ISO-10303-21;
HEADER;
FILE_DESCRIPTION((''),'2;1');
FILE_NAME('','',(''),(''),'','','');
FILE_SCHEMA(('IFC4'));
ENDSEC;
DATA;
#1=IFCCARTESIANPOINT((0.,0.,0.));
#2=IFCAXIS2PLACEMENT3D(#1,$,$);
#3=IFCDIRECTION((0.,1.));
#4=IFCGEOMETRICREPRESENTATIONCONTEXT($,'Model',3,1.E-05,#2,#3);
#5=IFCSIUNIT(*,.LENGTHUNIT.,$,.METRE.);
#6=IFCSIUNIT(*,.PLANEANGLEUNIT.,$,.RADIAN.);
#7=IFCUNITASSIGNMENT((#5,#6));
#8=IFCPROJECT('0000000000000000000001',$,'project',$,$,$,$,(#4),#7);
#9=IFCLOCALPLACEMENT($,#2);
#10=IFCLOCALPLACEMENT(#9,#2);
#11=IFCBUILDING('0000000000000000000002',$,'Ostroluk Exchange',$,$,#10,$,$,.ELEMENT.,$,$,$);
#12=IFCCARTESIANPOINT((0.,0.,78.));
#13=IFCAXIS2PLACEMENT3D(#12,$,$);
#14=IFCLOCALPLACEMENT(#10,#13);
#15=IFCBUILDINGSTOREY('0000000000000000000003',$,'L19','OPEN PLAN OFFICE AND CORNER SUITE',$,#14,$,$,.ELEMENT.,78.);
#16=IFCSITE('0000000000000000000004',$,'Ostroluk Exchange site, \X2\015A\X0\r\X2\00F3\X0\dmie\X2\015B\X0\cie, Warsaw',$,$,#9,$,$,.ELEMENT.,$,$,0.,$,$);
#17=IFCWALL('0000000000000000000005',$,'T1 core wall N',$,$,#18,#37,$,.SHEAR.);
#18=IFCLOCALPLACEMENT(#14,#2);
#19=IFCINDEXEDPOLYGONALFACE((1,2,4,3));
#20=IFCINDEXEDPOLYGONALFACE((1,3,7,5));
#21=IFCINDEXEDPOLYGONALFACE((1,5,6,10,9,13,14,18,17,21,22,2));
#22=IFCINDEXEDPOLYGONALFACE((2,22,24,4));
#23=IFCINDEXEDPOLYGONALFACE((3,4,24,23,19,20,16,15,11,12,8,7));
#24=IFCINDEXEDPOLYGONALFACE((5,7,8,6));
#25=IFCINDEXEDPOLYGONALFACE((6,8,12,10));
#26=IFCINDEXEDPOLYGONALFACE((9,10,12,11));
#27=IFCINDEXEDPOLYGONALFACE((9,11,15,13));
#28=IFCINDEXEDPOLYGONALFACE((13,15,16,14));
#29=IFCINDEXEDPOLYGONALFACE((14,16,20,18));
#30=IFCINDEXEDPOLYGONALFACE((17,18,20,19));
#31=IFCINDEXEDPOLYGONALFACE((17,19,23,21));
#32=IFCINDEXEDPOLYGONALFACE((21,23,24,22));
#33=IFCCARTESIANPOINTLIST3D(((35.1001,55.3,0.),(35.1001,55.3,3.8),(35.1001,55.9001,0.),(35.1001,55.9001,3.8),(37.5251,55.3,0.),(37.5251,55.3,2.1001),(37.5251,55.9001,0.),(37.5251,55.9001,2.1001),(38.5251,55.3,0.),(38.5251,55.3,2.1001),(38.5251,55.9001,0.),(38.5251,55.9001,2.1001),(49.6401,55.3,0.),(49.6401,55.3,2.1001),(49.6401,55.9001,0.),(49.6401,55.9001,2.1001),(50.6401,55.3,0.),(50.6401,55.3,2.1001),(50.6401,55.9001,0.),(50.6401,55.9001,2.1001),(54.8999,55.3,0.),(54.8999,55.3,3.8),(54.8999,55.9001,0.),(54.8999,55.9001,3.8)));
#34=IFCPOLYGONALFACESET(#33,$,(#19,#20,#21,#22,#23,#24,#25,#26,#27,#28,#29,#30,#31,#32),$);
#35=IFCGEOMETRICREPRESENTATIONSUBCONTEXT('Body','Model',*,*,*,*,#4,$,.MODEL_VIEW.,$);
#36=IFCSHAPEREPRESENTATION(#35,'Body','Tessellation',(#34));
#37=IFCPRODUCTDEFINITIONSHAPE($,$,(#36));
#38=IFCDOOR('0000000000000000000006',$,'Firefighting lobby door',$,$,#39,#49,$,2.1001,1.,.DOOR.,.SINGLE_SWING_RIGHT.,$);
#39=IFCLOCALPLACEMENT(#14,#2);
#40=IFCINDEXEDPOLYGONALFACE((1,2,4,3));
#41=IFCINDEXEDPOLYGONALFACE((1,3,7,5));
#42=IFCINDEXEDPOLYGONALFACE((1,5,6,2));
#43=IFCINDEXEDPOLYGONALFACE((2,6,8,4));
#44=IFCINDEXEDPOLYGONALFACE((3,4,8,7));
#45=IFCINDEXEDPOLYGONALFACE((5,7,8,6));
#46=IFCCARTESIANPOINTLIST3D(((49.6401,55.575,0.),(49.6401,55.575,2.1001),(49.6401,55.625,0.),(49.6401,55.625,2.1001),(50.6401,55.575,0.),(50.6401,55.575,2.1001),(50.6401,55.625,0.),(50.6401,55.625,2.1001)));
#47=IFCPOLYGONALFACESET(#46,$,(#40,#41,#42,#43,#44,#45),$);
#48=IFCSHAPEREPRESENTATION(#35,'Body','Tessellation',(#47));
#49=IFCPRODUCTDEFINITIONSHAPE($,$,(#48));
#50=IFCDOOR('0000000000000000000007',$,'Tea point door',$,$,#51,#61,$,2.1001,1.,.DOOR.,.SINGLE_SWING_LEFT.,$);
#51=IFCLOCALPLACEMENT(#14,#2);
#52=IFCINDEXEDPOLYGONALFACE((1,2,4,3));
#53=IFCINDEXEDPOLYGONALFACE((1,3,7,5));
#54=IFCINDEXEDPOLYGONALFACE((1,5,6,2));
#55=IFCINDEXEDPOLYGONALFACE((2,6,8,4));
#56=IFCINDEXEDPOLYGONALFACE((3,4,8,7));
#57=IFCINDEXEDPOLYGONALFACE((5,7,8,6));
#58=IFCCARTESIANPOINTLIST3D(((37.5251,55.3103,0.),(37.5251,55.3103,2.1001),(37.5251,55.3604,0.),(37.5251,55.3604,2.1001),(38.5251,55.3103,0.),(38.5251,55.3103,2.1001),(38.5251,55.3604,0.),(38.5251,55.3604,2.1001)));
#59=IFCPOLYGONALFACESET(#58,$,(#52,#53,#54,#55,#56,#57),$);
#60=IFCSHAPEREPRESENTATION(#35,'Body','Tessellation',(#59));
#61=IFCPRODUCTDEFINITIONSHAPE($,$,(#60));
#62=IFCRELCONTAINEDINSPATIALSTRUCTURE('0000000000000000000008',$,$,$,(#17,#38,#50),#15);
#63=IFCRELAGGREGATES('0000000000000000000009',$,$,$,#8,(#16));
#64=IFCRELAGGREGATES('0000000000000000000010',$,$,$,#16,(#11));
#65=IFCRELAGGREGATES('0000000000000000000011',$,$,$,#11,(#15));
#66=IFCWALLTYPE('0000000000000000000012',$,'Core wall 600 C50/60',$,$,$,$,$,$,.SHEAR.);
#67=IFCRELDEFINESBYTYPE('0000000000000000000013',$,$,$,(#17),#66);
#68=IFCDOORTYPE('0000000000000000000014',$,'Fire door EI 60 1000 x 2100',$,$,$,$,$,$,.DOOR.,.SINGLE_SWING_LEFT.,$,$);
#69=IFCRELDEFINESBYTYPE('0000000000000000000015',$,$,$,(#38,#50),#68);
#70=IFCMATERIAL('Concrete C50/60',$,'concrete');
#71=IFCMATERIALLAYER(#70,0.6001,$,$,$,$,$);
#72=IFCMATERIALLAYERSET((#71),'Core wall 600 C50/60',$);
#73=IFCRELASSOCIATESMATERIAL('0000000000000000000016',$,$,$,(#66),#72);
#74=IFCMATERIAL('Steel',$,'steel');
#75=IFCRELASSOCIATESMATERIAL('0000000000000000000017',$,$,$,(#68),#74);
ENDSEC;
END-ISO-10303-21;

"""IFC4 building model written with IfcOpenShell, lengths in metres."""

from ifc_helpers import new_model, si_unit, direction, frame, frame_2d, origin, place, context, subcontext, project, spatial, rectangle, extrude, material, layer, layer_set, type_object, element, fill, save


model = new_model("IFC4")

# Units and contexts
model_context = context("Model", 3, precision=1e-05, world=origin(), true_north=direction((0.0, 1.0)))
body_context = subcontext(model_context, "Body", "Model", "MODEL_VIEW")
ifc_project = project(units=[si_unit("LENGTHUNIT", "METRE"), si_unit("PLANEANGLEUNIT", "RADIAN")], contexts=[model_context])

# Site, building, storey
site_placement = place(None, origin())
site = spatial("IfcSite", under=ifc_project, at=site_placement, Name="Ostroluk Exchange site, Śródmieście, Warsaw", CompositionType="ELEMENT", RefElevation=0.0)
building_placement = place(site_placement, origin())
building = spatial("IfcBuilding", under=site, at=building_placement, Name="Ostroluk Exchange", CompositionType="ELEMENT")
storey_placement = place(building_placement, frame((0.0, 0.0, 78.0)))
storey = spatial("IfcBuildingStorey", under=building, at=storey_placement, Name="L19", Description="OPEN PLAN OFFICE AND CORNER SUITE", CompositionType="ELEMENT", Elevation=78.0)

# Wall, openings, doors
ifc_material_1 = material(Name="Concrete C50/60", Category="concrete")
ifc_layer_1 = layer(ifc_material_1, 0.6001)
ifc_layer_set_1 = layer_set([ifc_layer_1], Name="Core wall 600 C50/60")
wall_type_1 = type_object("IfcWallType", Name="Core wall 600 C50/60", PredefinedType="SHEAR", material=ifc_layer_set_1)
wall_1_placement = place(storey_placement, frame((35.1001, 55.6001, 0.0), z_axis=(0.0, 0.0, 1.0), x_axis=(1.0, 0.0, 0.0)))
wall_1 = element("IfcWall", 1, at=wall_1_placement, inside=storey, type_object=wall_type_1, Name="T1 core wall N", PredefinedType="SHEAR", context=body_context, shape_type="SweptSolid", body=[
    extrude(rectangle(XDim=19.7998, YDim=0.6001, at=frame_2d((9.8999, 0.0))), origin(), (0.0, 0.0, 1.0), 3.8),
])
opening_1_placement = place(wall_1_placement, frame((14.54, 0.0, 0.0)))
opening_1 = element("IfcOpeningElement", 2, at=opening_1_placement, cuts=wall_1, PredefinedType="OPENING", context=body_context, shape_type="SweptSolid", body=[
    extrude(rectangle(XDim=1.0, YDim=2.1001, at=frame_2d((0.5, 1.05))), frame((0.0, 0.3101, 0.0), z_axis=(0.0, -1.0, 0.0), x_axis=(1.0, 0.0, 0.0)), (0.0, 0.0, 1.0), 0.6201),
])
opening_2_placement = place(wall_1_placement, frame((2.425, 0.0, 0.0)))
opening_2 = element("IfcOpeningElement", 3, at=opening_2_placement, cuts=wall_1, PredefinedType="OPENING", context=body_context, shape_type="SweptSolid", body=[
    extrude(rectangle(XDim=1.0, YDim=2.1001, at=frame_2d((0.5, 1.05))), frame((0.0, 0.3101, 0.0), z_axis=(0.0, -1.0, 0.0), x_axis=(1.0, 0.0, 0.0)), (0.0, 0.0, 1.0), 0.6201),
])
ifc_material_2 = material(Name="Steel", Category="steel")
door_type = type_object("IfcDoorType", Name="Fire door EI 60 1000 x 2100", OperationType="SINGLE_SWING_LEFT", PredefinedType="DOOR", material=ifc_material_2)
door_1_placement = place(opening_1_placement, origin())
door_1 = element("IfcDoor", 4, at=door_1_placement, inside=storey, type_object=door_type, Name="Firefighting lobby door", OperationType="SINGLE_SWING_RIGHT", OverallHeight=2.1001, OverallWidth=1.0, PredefinedType="DOOR", context=body_context, shape_type="SweptSolid", body=[
    extrude(rectangle(XDim=1.0, YDim=2.1001, at=frame_2d((0.5, 1.05))), frame((0.0, 0.0249, 0.0), z_axis=(0.0, -1.0, 0.0), x_axis=(1.0, 0.0, 0.0)), (0.0, 0.0, 1.0), 0.05),
])
fill(opening_1, door_1)
door_2_placement = place(opening_2_placement, origin())
door_2 = element("IfcDoor", 5, at=door_2_placement, inside=storey, type_object=door_type, Name="Tea point door", OperationType="SINGLE_SWING_LEFT", OverallHeight=2.1001, OverallWidth=1.0, PredefinedType="DOOR", context=body_context, shape_type="SweptSolid", body=[
    extrude(rectangle(XDim=1.0, YDim=2.1001, at=frame_2d((0.5, 1.05))), frame((0.0, -0.2397, 0.0), z_axis=(0.0, -1.0, 0.0), x_axis=(1.0, 0.0, 0.0)), (0.0, 0.0, 1.0), 0.05),
])
fill(opening_2, door_2)

save(model, "model.ifc")
